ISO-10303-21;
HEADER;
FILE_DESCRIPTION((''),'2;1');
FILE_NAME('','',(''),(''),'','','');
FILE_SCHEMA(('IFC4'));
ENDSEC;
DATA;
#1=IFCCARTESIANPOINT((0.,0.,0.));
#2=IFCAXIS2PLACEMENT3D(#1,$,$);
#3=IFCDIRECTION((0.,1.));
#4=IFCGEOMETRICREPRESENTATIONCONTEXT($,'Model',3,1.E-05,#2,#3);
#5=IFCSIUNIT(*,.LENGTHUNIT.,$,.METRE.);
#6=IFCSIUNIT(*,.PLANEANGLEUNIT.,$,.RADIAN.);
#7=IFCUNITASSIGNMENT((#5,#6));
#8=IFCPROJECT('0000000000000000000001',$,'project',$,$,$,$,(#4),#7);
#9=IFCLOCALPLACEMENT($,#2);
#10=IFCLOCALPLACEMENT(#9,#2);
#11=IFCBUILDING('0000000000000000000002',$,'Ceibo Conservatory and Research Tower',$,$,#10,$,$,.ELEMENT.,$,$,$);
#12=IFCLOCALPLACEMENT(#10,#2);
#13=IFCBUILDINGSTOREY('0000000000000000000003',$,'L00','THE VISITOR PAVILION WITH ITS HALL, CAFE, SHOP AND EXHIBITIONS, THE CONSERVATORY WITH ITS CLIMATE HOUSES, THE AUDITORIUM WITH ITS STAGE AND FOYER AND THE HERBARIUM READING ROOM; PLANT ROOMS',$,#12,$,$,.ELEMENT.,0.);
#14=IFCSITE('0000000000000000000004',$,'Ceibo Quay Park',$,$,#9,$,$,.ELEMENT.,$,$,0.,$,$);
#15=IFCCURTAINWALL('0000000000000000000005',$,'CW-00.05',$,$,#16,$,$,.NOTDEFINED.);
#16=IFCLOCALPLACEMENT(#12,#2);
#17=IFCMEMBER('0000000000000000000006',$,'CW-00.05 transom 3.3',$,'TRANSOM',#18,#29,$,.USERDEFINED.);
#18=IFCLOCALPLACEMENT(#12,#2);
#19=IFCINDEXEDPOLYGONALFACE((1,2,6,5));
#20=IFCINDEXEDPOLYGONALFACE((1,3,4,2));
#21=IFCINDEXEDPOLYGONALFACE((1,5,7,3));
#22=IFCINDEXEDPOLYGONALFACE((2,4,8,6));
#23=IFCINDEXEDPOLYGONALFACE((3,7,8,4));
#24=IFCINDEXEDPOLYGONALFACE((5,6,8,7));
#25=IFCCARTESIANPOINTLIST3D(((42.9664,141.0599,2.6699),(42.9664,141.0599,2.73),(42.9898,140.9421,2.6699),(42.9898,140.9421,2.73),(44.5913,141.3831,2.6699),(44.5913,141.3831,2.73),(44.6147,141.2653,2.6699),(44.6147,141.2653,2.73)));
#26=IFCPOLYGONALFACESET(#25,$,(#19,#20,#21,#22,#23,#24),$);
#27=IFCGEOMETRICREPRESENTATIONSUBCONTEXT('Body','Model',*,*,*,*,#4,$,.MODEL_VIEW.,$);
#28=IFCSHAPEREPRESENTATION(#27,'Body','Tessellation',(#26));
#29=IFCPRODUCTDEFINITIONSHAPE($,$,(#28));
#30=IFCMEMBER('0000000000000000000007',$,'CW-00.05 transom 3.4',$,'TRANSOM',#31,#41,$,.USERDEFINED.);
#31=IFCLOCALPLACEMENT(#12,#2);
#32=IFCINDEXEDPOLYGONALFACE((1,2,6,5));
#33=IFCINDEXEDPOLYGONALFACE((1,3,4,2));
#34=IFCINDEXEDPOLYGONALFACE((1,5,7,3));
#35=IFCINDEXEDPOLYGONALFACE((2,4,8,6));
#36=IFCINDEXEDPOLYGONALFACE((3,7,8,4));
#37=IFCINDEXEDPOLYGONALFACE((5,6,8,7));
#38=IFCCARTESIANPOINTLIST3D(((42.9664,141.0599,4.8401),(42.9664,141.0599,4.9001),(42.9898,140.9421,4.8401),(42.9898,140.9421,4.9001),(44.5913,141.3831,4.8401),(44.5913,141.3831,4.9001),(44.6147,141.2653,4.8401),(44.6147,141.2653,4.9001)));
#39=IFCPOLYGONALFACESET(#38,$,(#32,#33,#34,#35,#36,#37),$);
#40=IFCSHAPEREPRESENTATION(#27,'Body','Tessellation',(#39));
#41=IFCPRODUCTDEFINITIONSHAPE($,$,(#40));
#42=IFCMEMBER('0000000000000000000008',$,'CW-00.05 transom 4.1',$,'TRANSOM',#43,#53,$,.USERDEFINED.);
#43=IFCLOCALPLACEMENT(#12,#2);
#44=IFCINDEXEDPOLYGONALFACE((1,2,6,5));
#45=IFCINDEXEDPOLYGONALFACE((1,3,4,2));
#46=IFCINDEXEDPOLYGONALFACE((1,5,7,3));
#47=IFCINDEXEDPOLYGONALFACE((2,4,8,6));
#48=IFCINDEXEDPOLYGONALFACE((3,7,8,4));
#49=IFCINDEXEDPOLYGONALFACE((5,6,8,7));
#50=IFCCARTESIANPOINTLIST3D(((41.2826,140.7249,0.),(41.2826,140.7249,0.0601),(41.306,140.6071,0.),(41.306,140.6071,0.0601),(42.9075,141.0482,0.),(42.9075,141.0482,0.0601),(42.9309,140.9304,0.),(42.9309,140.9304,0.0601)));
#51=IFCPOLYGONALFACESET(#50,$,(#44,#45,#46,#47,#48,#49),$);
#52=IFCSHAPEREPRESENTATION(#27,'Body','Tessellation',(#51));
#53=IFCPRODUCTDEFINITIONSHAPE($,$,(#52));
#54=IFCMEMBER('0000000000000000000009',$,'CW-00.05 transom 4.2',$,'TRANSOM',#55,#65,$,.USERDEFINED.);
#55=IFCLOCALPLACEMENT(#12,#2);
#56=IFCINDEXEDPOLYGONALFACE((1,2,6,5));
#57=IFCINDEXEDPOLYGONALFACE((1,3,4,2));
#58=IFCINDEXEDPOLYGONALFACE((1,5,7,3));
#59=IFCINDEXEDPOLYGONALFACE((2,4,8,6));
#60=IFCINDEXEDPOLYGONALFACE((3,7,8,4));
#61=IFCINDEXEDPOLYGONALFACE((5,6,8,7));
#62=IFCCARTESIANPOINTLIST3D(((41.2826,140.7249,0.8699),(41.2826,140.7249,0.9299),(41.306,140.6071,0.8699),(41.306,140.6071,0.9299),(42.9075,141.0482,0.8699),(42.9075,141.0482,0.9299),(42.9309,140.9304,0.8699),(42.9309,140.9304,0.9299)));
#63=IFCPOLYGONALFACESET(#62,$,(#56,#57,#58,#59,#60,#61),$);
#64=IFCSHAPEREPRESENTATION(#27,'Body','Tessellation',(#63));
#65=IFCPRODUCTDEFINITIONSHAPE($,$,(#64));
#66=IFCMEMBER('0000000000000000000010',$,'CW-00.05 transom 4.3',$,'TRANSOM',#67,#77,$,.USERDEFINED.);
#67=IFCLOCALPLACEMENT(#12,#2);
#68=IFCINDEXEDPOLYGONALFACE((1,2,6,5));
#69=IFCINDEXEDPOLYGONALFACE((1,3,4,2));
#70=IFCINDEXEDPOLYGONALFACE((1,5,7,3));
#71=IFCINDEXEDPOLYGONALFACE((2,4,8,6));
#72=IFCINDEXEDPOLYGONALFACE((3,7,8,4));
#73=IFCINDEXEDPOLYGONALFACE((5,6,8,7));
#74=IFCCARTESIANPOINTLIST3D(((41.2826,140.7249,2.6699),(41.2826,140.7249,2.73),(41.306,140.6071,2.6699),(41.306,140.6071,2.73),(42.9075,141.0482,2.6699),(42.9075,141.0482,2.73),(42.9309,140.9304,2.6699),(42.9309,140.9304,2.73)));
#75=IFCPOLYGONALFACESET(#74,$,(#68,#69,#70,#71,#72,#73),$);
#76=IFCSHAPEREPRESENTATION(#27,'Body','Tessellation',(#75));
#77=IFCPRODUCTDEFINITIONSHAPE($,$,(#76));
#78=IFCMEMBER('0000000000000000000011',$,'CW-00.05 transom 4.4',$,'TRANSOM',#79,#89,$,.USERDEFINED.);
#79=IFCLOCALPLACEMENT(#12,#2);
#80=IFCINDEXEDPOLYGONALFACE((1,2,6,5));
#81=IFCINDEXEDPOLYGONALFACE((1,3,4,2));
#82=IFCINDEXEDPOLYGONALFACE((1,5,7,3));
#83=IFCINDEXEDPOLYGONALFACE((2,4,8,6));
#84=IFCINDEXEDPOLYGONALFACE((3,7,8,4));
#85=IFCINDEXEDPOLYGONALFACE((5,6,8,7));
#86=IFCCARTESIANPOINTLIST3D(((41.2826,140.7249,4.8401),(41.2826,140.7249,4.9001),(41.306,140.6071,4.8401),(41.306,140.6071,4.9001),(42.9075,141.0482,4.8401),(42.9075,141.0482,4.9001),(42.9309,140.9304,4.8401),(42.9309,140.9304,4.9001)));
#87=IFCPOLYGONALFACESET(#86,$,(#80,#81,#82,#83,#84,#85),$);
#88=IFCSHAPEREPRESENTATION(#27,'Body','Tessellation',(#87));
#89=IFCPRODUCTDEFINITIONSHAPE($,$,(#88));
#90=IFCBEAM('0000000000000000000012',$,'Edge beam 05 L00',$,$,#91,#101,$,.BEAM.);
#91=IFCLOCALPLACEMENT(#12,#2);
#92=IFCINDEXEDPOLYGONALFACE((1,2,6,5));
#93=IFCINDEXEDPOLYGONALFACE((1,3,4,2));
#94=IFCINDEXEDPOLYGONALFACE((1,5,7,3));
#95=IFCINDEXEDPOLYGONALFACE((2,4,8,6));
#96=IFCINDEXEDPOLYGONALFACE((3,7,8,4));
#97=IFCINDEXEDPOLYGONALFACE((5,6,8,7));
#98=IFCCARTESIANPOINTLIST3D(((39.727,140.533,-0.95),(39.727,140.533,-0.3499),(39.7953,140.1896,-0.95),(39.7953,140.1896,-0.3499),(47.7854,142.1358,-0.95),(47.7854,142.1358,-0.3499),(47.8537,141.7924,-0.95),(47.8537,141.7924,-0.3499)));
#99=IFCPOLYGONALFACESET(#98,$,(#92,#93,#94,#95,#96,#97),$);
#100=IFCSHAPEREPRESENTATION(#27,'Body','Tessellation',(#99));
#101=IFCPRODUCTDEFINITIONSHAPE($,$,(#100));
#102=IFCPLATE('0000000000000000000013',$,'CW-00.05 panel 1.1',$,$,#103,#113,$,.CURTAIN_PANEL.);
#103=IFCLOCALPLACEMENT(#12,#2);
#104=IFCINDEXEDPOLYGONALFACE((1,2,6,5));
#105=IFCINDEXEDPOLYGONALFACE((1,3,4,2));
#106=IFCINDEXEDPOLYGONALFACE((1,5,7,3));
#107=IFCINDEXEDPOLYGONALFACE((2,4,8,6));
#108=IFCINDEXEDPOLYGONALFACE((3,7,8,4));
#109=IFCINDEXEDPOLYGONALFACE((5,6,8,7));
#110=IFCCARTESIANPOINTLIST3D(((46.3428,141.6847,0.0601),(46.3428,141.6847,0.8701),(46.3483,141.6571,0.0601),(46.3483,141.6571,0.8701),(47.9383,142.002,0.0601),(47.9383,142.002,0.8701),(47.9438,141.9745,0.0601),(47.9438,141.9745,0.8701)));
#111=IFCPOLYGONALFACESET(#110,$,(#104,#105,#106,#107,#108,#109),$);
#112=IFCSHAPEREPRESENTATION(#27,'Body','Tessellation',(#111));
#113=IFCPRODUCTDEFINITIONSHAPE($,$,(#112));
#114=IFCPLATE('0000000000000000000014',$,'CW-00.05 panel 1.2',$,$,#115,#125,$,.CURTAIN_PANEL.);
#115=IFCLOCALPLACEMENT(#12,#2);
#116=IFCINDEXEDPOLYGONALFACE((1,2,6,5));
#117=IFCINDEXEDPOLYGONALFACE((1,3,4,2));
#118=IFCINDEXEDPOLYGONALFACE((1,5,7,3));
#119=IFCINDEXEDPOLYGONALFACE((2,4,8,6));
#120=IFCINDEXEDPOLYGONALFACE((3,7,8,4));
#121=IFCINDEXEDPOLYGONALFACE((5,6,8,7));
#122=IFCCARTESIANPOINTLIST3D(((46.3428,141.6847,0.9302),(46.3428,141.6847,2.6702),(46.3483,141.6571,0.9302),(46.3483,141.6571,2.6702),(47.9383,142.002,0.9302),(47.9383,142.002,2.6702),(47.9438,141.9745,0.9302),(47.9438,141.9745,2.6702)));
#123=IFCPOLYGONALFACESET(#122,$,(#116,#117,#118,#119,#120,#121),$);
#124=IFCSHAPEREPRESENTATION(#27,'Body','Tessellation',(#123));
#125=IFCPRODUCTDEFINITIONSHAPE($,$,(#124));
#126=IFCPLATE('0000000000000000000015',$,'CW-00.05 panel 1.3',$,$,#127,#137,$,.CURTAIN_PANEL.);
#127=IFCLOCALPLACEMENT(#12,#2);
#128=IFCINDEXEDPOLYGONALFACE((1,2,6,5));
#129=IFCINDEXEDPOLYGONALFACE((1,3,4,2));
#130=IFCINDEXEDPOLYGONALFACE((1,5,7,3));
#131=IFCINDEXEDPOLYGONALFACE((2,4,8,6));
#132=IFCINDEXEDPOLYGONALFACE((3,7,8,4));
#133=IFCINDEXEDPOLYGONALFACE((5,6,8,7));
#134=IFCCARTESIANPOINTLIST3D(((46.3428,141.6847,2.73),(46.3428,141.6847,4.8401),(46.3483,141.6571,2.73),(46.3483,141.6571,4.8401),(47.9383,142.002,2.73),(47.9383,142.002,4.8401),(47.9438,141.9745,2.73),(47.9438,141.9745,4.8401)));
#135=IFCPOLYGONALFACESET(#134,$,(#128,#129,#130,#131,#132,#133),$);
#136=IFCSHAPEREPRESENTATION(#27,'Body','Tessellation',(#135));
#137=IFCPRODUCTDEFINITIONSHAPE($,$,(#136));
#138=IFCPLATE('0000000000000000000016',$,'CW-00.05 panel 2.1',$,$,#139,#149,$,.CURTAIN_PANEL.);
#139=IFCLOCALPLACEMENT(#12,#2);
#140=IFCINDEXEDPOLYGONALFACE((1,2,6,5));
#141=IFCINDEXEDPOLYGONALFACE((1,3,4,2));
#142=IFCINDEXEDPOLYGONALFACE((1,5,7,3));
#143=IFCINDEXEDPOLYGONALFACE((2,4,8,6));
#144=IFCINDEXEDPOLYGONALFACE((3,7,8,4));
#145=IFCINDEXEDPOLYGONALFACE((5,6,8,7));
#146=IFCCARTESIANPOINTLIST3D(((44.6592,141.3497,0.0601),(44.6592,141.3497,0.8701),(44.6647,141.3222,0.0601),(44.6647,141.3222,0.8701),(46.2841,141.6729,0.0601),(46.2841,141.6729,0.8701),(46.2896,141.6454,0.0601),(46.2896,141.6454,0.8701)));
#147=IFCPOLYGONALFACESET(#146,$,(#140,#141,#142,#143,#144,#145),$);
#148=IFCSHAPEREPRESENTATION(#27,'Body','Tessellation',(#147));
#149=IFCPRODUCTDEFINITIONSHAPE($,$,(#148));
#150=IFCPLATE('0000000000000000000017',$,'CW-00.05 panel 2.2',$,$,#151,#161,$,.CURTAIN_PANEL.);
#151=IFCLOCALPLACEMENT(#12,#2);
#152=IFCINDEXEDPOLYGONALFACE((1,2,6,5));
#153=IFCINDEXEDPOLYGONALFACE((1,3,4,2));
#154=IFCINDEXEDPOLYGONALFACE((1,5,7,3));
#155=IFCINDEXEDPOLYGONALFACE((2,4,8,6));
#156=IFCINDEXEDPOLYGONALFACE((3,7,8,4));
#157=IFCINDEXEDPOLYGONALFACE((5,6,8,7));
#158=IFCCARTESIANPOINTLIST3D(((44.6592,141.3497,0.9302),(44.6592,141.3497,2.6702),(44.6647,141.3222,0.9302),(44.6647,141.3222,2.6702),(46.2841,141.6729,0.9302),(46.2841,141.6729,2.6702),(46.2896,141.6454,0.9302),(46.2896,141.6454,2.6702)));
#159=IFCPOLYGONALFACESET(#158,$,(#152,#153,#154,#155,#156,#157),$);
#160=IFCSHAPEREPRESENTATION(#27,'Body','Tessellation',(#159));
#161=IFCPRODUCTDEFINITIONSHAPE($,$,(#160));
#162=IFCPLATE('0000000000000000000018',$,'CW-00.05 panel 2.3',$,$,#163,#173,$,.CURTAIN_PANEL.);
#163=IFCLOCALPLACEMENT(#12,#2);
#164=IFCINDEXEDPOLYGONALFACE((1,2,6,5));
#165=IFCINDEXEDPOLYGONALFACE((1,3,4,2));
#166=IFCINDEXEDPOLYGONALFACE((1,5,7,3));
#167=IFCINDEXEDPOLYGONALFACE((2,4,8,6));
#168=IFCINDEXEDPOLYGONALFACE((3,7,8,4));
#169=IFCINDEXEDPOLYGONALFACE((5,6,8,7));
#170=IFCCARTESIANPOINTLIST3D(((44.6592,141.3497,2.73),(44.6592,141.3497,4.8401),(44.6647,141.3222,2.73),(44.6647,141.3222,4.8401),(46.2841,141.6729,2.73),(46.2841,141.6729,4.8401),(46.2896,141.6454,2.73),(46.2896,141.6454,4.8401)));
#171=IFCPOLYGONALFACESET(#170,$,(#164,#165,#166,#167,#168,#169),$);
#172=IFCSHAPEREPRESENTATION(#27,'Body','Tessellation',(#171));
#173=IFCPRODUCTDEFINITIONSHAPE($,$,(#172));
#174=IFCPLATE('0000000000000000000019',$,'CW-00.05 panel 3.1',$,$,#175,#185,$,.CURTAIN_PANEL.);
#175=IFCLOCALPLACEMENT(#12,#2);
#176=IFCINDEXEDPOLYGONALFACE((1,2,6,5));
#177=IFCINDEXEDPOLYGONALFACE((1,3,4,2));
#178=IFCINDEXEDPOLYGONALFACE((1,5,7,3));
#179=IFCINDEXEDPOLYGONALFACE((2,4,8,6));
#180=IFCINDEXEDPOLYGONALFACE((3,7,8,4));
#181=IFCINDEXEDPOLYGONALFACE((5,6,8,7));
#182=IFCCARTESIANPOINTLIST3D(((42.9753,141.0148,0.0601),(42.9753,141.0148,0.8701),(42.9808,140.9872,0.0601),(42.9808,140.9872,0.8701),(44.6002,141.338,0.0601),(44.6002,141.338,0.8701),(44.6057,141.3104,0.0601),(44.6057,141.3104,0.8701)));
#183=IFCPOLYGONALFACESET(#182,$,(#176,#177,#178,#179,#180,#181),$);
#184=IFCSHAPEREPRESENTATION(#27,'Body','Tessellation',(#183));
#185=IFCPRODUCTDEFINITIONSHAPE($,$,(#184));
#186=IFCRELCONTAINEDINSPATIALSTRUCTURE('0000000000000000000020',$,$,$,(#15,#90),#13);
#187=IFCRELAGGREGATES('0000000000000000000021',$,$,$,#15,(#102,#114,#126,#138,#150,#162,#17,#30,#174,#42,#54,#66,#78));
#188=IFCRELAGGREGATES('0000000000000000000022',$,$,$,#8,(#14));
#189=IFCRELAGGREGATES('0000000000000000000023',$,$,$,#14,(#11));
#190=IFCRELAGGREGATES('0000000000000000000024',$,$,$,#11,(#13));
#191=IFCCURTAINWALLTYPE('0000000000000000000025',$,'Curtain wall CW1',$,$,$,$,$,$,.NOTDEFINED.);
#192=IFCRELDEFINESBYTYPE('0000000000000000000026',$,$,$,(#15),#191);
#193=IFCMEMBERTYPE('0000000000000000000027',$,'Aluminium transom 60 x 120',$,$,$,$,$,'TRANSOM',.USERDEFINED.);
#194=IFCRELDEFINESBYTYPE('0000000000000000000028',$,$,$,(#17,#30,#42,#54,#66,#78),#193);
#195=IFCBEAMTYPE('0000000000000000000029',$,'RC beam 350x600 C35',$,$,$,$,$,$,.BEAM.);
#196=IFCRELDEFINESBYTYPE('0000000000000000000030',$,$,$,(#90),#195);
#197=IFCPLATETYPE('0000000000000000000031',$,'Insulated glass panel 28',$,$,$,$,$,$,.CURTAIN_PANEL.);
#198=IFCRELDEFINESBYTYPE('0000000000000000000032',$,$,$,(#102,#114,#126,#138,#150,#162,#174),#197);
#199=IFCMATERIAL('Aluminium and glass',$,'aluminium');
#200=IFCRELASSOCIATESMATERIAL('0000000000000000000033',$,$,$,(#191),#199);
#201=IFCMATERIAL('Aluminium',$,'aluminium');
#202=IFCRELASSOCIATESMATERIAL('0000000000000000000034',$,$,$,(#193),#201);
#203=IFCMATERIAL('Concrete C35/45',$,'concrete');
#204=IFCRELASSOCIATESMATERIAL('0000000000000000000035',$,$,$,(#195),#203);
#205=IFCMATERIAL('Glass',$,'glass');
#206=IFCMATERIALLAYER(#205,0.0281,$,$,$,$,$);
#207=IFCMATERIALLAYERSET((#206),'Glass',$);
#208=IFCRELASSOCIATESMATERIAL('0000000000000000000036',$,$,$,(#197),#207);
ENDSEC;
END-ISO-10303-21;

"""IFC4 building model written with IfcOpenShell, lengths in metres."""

from ifc_helpers import new_model, si_unit, direction, frame, origin, origin_2d, place, context, subcontext, project, spatial, rectangle, extrude, material, layer, layer_set, material_profile, profile_set, type_object, element, aggregate, save


model = new_model("IFC4")

# Units and contexts
model_context = context("Model", 3, precision=1e-05, world=origin(), true_north=direction((0.0, 1.0)))
body_context = subcontext(model_context, "Body", "Model", "MODEL_VIEW")
ifc_project = project(units=[si_unit("LENGTHUNIT", "METRE"), si_unit("PLANEANGLEUNIT", "RADIAN")], contexts=[model_context])

# Site, building, storey
site_placement = place(None, origin())
site = spatial("IfcSite", under=ifc_project, at=site_placement, Name="Ceibo Quay Park", CompositionType="ELEMENT", RefElevation=0.0)
building_placement = place(site_placement, origin())
building = spatial("IfcBuilding", under=site, at=building_placement, Name="Ceibo Conservatory and Research Tower", CompositionType="ELEMENT")
storey_placement = place(building_placement, origin())
storey = spatial("IfcBuildingStorey", under=building, at=storey_placement, Name="L00", Description="THE VISITOR PAVILION WITH ITS HALL, CAFE, SHOP AND EXHIBITIONS, THE CONSERVATORY WITH ITS CLIMATE HOUSES, THE AUDITORIUM WITH ITS STAGE AND FOYER AND THE HERBARIUM READING ROOM; PLANT ROOMS", CompositionType="ELEMENT", Elevation=0.0)

# Curtain wall, members
ifc_material_1 = material(Name="Aluminium and glass", Category="aluminium")
curtain_wall_type = type_object("IfcCurtainWallType", Name="Curtain wall CW1", PredefinedType="NOTDEFINED", material=ifc_material_1)
curtain_wall_placement = place(storey_placement, origin())
curtain_wall = element("IfcCurtainWall", 1, at=curtain_wall_placement, inside=storey, type_object=curtain_wall_type, Name="CW-00.05", PredefinedType="NOTDEFINED")
ifc_material_2 = material(Name="Aluminium", Category="aluminium")
ifc_material_profile_1 = material_profile(ifc_material_2, rectangle(XDim=0.1201, YDim=0.0601, at=origin_2d()), Name="Aluminium 60 x 120")
ifc_profile_set_1 = profile_set([ifc_material_profile_1], Name="Aluminium")
member_type_1 = type_object("IfcMemberType", Name="Aluminium transom 60 x 120", ElementType="TRANSOM", PredefinedType="USERDEFINED", material=ifc_profile_set_1)
member_1_placement = place(storey_placement, frame((44.603, 141.3242, 2.7), z_axis=(-0.980784, -0.195096, 0.0), x_axis=(0.195096, -0.980784, 0.0)))
member_1 = element("IfcMember", 2, at=member_1_placement, type_object=member_type_1, Name="CW-00.05 transom 3.3", ObjectType="TRANSOM", PredefinedType="USERDEFINED", context=body_context, shape_type="SweptSolid", body=[
    extrude(rectangle(XDim=0.1201, YDim=0.0601, at=origin_2d()), origin(), (0.0, 0.0, 1.0), 1.6567),
])
member_2_placement = place(storey_placement, frame((44.603, 141.3242, 4.8701), z_axis=(-0.980784, -0.195096, 0.0), x_axis=(0.195096, -0.980784, 0.0)))
member_2 = element("IfcMember", 3, at=member_2_placement, type_object=member_type_1, Name="CW-00.05 transom 3.4", ObjectType="TRANSOM", PredefinedType="USERDEFINED", context=body_context, shape_type="SweptSolid", body=[
    extrude(rectangle(XDim=0.1201, YDim=0.0601, at=origin_2d()), origin(), (0.0, 0.0, 1.0), 1.6567),
])
member_3_placement = place(storey_placement, frame((42.9192, 140.9893, 0.03), z_axis=(-0.980784, -0.195096, 0.0), x_axis=(0.195096, -0.980784, 0.0)))
member_3 = element("IfcMember", 4, at=member_3_placement, type_object=member_type_1, Name="CW-00.05 transom 4.1", ObjectType="TRANSOM", PredefinedType="USERDEFINED", context=body_context, shape_type="SweptSolid", body=[
    extrude(rectangle(XDim=0.1201, YDim=0.0601, at=origin_2d()), origin(), (0.0, 0.0, 1.0), 1.6567),
])
member_4_placement = place(storey_placement, frame((42.9192, 140.9893, 0.8999), z_axis=(-0.980784, -0.195096, 0.0), x_axis=(0.195096, -0.980784, 0.0)))
member_4 = element("IfcMember", 5, at=member_4_placement, type_object=member_type_1, Name="CW-00.05 transom 4.2", ObjectType="TRANSOM", PredefinedType="USERDEFINED", context=body_context, shape_type="SweptSolid", body=[
    extrude(rectangle(XDim=0.1201, YDim=0.0601, at=origin_2d()), origin(), (0.0, 0.0, 1.0), 1.6567),
])
member_5_placement = place(storey_placement, frame((42.9192, 140.9893, 2.7), z_axis=(-0.980784, -0.195096, 0.0), x_axis=(0.195096, -0.980784, 0.0)))
member_5 = element("IfcMember", 6, at=member_5_placement, type_object=member_type_1, Name="CW-00.05 transom 4.3", ObjectType="TRANSOM", PredefinedType="USERDEFINED", context=body_context, shape_type="SweptSolid", body=[
    extrude(rectangle(XDim=0.1201, YDim=0.0601, at=origin_2d()), origin(), (0.0, 0.0, 1.0), 1.6567),
])
member_6_placement = place(storey_placement, frame((42.9192, 140.9893, 4.8701), z_axis=(-0.980784, -0.195096, 0.0), x_axis=(0.195096, -0.980784, 0.0)))
member_6 = element("IfcMember", 7, at=member_6_placement, type_object=member_type_1, Name="CW-00.05 transom 4.4", ObjectType="TRANSOM", PredefinedType="USERDEFINED", context=body_context, shape_type="SweptSolid", body=[
    extrude(rectangle(XDim=0.1201, YDim=0.0601, at=origin_2d()), origin(), (0.0, 0.0, 1.0), 1.6567),
])

# Beam
ifc_material_3 = material(Name="Concrete C35/45", Category="concrete")
ifc_material_profile_2 = material_profile(ifc_material_3, rectangle(XDim=0.3501, YDim=0.6001, at=origin_2d()), Name="RC 350x600")
ifc_profile_set_2 = profile_set([ifc_material_profile_2], Name="Concrete C35/45")
beam_type = type_object("IfcBeamType", Name="RC beam 350x600 C35", PredefinedType="BEAM", material=ifc_profile_set_2)
beam_placement = place(storey_placement, frame((47.8196, 141.9641, -0.6499), z_axis=(-0.980788, -0.195076, 0.0), x_axis=(0.195076, -0.980788, 0.0)))
element("IfcBeam", 8, at=beam_placement, inside=storey, type_object=beam_type, Name="Edge beam 05 L00", PredefinedType="BEAM", context=body_context, shape_type="SweptSolid", body=[
    extrude(rectangle(XDim=0.3501, YDim=0.6001, at=origin_2d()), origin(), (0.0, 0.0, 1.0), 8.2163),
])

# Plates
ifc_material_4 = material(Name="Glass", Category="glass")
ifc_layer = layer(ifc_material_4, 0.0281)
ifc_layer_set = layer_set([ifc_layer], Name="Glass")
plate_type = type_object("IfcPlateType", Name="Insulated glass panel 28", PredefinedType="CURTAIN_PANEL", material=ifc_layer_set)
plate_1_placement = place(storey_placement, frame((47.1433, 141.8296, 0.0601), z_axis=(0.0, 0.0, 1.0), x_axis=(-0.980785, -0.19509, 0.0)))
plate_1 = element("IfcPlate", 9, at=plate_1_placement, type_object=plate_type, Name="CW-00.05 panel 1.1", PredefinedType="CURTAIN_PANEL", context=body_context, shape_type="SweptSolid", body=[
    extrude(rectangle(XDim=1.6267, YDim=0.0281, at=origin_2d()), origin(), (0.0, 0.0, 1.0), 0.8101),
])
plate_2_placement = place(storey_placement, frame((47.1433, 141.8296, 0.9302), z_axis=(0.0, 0.0, 1.0), x_axis=(-0.980785, -0.19509, 0.0)))
plate_2 = element("IfcPlate", 10, at=plate_2_placement, type_object=plate_type, Name="CW-00.05 panel 1.2", PredefinedType="CURTAIN_PANEL", context=body_context, shape_type="SweptSolid", body=[
    extrude(rectangle(XDim=1.6267, YDim=0.0281, at=origin_2d()), origin(), (0.0, 0.0, 1.0), 1.74),
])
plate_3_placement = place(storey_placement, frame((47.1433, 141.8296, 2.73), z_axis=(0.0, 0.0, 1.0), x_axis=(-0.980785, -0.19509, 0.0)))
plate_3 = element("IfcPlate", 11, at=plate_3_placement, type_object=plate_type, Name="CW-00.05 panel 1.3", PredefinedType="CURTAIN_PANEL", context=body_context, shape_type="SweptSolid", body=[
    extrude(rectangle(XDim=1.6267, YDim=0.0281, at=origin_2d()), origin(), (0.0, 0.0, 1.0), 2.1101),
])
plate_4_placement = place(storey_placement, frame((45.4744, 141.4976, 0.0601), z_axis=(0.0, 0.0, 1.0), x_axis=(-0.980785, -0.19509, 0.0)))
plate_4 = element("IfcPlate", 12, at=plate_4_placement, type_object=plate_type, Name="CW-00.05 panel 2.1", PredefinedType="CURTAIN_PANEL", context=body_context, shape_type="SweptSolid", body=[
    extrude(rectangle(XDim=1.6567, YDim=0.0281, at=origin_2d()), origin(), (0.0, 0.0, 1.0), 0.8101),
])
plate_5_placement = place(storey_placement, frame((45.4744, 141.4976, 0.9302), z_axis=(0.0, 0.0, 1.0), x_axis=(-0.980785, -0.19509, 0.0)))
plate_5 = element("IfcPlate", 13, at=plate_5_placement, type_object=plate_type, Name="CW-00.05 panel 2.2", PredefinedType="CURTAIN_PANEL", context=body_context, shape_type="SweptSolid", body=[
    extrude(rectangle(XDim=1.6567, YDim=0.0281, at=origin_2d()), origin(), (0.0, 0.0, 1.0), 1.74),
])
plate_6_placement = place(storey_placement, frame((45.4744, 141.4976, 2.73), z_axis=(0.0, 0.0, 1.0), x_axis=(-0.980785, -0.19509, 0.0)))
plate_6 = element("IfcPlate", 14, at=plate_6_placement, type_object=plate_type, Name="CW-00.05 panel 2.3", PredefinedType="CURTAIN_PANEL", context=body_context, shape_type="SweptSolid", body=[
    extrude(rectangle(XDim=1.6567, YDim=0.0281, at=origin_2d()), origin(), (0.0, 0.0, 1.0), 2.1101),
])
plate_7_placement = place(storey_placement, frame((43.7905, 141.1626, 0.0601), z_axis=(0.0, 0.0, 1.0), x_axis=(-0.980785, -0.19509, 0.0)))
plate_7 = element("IfcPlate", 15, at=plate_7_placement, type_object=plate_type, Name="CW-00.05 panel 3.1", PredefinedType="CURTAIN_PANEL", context=body_context, shape_type="SweptSolid", body=[
    extrude(rectangle(XDim=1.6567, YDim=0.0281, at=origin_2d()), origin(), (0.0, 0.0, 1.0), 0.8101),
])
aggregate(curtain_wall, [plate_1, plate_2, plate_3, plate_4, plate_5, plate_6, member_1, member_2, plate_7, member_3, member_4, member_5, member_6])

save(model, "model.ifc")
